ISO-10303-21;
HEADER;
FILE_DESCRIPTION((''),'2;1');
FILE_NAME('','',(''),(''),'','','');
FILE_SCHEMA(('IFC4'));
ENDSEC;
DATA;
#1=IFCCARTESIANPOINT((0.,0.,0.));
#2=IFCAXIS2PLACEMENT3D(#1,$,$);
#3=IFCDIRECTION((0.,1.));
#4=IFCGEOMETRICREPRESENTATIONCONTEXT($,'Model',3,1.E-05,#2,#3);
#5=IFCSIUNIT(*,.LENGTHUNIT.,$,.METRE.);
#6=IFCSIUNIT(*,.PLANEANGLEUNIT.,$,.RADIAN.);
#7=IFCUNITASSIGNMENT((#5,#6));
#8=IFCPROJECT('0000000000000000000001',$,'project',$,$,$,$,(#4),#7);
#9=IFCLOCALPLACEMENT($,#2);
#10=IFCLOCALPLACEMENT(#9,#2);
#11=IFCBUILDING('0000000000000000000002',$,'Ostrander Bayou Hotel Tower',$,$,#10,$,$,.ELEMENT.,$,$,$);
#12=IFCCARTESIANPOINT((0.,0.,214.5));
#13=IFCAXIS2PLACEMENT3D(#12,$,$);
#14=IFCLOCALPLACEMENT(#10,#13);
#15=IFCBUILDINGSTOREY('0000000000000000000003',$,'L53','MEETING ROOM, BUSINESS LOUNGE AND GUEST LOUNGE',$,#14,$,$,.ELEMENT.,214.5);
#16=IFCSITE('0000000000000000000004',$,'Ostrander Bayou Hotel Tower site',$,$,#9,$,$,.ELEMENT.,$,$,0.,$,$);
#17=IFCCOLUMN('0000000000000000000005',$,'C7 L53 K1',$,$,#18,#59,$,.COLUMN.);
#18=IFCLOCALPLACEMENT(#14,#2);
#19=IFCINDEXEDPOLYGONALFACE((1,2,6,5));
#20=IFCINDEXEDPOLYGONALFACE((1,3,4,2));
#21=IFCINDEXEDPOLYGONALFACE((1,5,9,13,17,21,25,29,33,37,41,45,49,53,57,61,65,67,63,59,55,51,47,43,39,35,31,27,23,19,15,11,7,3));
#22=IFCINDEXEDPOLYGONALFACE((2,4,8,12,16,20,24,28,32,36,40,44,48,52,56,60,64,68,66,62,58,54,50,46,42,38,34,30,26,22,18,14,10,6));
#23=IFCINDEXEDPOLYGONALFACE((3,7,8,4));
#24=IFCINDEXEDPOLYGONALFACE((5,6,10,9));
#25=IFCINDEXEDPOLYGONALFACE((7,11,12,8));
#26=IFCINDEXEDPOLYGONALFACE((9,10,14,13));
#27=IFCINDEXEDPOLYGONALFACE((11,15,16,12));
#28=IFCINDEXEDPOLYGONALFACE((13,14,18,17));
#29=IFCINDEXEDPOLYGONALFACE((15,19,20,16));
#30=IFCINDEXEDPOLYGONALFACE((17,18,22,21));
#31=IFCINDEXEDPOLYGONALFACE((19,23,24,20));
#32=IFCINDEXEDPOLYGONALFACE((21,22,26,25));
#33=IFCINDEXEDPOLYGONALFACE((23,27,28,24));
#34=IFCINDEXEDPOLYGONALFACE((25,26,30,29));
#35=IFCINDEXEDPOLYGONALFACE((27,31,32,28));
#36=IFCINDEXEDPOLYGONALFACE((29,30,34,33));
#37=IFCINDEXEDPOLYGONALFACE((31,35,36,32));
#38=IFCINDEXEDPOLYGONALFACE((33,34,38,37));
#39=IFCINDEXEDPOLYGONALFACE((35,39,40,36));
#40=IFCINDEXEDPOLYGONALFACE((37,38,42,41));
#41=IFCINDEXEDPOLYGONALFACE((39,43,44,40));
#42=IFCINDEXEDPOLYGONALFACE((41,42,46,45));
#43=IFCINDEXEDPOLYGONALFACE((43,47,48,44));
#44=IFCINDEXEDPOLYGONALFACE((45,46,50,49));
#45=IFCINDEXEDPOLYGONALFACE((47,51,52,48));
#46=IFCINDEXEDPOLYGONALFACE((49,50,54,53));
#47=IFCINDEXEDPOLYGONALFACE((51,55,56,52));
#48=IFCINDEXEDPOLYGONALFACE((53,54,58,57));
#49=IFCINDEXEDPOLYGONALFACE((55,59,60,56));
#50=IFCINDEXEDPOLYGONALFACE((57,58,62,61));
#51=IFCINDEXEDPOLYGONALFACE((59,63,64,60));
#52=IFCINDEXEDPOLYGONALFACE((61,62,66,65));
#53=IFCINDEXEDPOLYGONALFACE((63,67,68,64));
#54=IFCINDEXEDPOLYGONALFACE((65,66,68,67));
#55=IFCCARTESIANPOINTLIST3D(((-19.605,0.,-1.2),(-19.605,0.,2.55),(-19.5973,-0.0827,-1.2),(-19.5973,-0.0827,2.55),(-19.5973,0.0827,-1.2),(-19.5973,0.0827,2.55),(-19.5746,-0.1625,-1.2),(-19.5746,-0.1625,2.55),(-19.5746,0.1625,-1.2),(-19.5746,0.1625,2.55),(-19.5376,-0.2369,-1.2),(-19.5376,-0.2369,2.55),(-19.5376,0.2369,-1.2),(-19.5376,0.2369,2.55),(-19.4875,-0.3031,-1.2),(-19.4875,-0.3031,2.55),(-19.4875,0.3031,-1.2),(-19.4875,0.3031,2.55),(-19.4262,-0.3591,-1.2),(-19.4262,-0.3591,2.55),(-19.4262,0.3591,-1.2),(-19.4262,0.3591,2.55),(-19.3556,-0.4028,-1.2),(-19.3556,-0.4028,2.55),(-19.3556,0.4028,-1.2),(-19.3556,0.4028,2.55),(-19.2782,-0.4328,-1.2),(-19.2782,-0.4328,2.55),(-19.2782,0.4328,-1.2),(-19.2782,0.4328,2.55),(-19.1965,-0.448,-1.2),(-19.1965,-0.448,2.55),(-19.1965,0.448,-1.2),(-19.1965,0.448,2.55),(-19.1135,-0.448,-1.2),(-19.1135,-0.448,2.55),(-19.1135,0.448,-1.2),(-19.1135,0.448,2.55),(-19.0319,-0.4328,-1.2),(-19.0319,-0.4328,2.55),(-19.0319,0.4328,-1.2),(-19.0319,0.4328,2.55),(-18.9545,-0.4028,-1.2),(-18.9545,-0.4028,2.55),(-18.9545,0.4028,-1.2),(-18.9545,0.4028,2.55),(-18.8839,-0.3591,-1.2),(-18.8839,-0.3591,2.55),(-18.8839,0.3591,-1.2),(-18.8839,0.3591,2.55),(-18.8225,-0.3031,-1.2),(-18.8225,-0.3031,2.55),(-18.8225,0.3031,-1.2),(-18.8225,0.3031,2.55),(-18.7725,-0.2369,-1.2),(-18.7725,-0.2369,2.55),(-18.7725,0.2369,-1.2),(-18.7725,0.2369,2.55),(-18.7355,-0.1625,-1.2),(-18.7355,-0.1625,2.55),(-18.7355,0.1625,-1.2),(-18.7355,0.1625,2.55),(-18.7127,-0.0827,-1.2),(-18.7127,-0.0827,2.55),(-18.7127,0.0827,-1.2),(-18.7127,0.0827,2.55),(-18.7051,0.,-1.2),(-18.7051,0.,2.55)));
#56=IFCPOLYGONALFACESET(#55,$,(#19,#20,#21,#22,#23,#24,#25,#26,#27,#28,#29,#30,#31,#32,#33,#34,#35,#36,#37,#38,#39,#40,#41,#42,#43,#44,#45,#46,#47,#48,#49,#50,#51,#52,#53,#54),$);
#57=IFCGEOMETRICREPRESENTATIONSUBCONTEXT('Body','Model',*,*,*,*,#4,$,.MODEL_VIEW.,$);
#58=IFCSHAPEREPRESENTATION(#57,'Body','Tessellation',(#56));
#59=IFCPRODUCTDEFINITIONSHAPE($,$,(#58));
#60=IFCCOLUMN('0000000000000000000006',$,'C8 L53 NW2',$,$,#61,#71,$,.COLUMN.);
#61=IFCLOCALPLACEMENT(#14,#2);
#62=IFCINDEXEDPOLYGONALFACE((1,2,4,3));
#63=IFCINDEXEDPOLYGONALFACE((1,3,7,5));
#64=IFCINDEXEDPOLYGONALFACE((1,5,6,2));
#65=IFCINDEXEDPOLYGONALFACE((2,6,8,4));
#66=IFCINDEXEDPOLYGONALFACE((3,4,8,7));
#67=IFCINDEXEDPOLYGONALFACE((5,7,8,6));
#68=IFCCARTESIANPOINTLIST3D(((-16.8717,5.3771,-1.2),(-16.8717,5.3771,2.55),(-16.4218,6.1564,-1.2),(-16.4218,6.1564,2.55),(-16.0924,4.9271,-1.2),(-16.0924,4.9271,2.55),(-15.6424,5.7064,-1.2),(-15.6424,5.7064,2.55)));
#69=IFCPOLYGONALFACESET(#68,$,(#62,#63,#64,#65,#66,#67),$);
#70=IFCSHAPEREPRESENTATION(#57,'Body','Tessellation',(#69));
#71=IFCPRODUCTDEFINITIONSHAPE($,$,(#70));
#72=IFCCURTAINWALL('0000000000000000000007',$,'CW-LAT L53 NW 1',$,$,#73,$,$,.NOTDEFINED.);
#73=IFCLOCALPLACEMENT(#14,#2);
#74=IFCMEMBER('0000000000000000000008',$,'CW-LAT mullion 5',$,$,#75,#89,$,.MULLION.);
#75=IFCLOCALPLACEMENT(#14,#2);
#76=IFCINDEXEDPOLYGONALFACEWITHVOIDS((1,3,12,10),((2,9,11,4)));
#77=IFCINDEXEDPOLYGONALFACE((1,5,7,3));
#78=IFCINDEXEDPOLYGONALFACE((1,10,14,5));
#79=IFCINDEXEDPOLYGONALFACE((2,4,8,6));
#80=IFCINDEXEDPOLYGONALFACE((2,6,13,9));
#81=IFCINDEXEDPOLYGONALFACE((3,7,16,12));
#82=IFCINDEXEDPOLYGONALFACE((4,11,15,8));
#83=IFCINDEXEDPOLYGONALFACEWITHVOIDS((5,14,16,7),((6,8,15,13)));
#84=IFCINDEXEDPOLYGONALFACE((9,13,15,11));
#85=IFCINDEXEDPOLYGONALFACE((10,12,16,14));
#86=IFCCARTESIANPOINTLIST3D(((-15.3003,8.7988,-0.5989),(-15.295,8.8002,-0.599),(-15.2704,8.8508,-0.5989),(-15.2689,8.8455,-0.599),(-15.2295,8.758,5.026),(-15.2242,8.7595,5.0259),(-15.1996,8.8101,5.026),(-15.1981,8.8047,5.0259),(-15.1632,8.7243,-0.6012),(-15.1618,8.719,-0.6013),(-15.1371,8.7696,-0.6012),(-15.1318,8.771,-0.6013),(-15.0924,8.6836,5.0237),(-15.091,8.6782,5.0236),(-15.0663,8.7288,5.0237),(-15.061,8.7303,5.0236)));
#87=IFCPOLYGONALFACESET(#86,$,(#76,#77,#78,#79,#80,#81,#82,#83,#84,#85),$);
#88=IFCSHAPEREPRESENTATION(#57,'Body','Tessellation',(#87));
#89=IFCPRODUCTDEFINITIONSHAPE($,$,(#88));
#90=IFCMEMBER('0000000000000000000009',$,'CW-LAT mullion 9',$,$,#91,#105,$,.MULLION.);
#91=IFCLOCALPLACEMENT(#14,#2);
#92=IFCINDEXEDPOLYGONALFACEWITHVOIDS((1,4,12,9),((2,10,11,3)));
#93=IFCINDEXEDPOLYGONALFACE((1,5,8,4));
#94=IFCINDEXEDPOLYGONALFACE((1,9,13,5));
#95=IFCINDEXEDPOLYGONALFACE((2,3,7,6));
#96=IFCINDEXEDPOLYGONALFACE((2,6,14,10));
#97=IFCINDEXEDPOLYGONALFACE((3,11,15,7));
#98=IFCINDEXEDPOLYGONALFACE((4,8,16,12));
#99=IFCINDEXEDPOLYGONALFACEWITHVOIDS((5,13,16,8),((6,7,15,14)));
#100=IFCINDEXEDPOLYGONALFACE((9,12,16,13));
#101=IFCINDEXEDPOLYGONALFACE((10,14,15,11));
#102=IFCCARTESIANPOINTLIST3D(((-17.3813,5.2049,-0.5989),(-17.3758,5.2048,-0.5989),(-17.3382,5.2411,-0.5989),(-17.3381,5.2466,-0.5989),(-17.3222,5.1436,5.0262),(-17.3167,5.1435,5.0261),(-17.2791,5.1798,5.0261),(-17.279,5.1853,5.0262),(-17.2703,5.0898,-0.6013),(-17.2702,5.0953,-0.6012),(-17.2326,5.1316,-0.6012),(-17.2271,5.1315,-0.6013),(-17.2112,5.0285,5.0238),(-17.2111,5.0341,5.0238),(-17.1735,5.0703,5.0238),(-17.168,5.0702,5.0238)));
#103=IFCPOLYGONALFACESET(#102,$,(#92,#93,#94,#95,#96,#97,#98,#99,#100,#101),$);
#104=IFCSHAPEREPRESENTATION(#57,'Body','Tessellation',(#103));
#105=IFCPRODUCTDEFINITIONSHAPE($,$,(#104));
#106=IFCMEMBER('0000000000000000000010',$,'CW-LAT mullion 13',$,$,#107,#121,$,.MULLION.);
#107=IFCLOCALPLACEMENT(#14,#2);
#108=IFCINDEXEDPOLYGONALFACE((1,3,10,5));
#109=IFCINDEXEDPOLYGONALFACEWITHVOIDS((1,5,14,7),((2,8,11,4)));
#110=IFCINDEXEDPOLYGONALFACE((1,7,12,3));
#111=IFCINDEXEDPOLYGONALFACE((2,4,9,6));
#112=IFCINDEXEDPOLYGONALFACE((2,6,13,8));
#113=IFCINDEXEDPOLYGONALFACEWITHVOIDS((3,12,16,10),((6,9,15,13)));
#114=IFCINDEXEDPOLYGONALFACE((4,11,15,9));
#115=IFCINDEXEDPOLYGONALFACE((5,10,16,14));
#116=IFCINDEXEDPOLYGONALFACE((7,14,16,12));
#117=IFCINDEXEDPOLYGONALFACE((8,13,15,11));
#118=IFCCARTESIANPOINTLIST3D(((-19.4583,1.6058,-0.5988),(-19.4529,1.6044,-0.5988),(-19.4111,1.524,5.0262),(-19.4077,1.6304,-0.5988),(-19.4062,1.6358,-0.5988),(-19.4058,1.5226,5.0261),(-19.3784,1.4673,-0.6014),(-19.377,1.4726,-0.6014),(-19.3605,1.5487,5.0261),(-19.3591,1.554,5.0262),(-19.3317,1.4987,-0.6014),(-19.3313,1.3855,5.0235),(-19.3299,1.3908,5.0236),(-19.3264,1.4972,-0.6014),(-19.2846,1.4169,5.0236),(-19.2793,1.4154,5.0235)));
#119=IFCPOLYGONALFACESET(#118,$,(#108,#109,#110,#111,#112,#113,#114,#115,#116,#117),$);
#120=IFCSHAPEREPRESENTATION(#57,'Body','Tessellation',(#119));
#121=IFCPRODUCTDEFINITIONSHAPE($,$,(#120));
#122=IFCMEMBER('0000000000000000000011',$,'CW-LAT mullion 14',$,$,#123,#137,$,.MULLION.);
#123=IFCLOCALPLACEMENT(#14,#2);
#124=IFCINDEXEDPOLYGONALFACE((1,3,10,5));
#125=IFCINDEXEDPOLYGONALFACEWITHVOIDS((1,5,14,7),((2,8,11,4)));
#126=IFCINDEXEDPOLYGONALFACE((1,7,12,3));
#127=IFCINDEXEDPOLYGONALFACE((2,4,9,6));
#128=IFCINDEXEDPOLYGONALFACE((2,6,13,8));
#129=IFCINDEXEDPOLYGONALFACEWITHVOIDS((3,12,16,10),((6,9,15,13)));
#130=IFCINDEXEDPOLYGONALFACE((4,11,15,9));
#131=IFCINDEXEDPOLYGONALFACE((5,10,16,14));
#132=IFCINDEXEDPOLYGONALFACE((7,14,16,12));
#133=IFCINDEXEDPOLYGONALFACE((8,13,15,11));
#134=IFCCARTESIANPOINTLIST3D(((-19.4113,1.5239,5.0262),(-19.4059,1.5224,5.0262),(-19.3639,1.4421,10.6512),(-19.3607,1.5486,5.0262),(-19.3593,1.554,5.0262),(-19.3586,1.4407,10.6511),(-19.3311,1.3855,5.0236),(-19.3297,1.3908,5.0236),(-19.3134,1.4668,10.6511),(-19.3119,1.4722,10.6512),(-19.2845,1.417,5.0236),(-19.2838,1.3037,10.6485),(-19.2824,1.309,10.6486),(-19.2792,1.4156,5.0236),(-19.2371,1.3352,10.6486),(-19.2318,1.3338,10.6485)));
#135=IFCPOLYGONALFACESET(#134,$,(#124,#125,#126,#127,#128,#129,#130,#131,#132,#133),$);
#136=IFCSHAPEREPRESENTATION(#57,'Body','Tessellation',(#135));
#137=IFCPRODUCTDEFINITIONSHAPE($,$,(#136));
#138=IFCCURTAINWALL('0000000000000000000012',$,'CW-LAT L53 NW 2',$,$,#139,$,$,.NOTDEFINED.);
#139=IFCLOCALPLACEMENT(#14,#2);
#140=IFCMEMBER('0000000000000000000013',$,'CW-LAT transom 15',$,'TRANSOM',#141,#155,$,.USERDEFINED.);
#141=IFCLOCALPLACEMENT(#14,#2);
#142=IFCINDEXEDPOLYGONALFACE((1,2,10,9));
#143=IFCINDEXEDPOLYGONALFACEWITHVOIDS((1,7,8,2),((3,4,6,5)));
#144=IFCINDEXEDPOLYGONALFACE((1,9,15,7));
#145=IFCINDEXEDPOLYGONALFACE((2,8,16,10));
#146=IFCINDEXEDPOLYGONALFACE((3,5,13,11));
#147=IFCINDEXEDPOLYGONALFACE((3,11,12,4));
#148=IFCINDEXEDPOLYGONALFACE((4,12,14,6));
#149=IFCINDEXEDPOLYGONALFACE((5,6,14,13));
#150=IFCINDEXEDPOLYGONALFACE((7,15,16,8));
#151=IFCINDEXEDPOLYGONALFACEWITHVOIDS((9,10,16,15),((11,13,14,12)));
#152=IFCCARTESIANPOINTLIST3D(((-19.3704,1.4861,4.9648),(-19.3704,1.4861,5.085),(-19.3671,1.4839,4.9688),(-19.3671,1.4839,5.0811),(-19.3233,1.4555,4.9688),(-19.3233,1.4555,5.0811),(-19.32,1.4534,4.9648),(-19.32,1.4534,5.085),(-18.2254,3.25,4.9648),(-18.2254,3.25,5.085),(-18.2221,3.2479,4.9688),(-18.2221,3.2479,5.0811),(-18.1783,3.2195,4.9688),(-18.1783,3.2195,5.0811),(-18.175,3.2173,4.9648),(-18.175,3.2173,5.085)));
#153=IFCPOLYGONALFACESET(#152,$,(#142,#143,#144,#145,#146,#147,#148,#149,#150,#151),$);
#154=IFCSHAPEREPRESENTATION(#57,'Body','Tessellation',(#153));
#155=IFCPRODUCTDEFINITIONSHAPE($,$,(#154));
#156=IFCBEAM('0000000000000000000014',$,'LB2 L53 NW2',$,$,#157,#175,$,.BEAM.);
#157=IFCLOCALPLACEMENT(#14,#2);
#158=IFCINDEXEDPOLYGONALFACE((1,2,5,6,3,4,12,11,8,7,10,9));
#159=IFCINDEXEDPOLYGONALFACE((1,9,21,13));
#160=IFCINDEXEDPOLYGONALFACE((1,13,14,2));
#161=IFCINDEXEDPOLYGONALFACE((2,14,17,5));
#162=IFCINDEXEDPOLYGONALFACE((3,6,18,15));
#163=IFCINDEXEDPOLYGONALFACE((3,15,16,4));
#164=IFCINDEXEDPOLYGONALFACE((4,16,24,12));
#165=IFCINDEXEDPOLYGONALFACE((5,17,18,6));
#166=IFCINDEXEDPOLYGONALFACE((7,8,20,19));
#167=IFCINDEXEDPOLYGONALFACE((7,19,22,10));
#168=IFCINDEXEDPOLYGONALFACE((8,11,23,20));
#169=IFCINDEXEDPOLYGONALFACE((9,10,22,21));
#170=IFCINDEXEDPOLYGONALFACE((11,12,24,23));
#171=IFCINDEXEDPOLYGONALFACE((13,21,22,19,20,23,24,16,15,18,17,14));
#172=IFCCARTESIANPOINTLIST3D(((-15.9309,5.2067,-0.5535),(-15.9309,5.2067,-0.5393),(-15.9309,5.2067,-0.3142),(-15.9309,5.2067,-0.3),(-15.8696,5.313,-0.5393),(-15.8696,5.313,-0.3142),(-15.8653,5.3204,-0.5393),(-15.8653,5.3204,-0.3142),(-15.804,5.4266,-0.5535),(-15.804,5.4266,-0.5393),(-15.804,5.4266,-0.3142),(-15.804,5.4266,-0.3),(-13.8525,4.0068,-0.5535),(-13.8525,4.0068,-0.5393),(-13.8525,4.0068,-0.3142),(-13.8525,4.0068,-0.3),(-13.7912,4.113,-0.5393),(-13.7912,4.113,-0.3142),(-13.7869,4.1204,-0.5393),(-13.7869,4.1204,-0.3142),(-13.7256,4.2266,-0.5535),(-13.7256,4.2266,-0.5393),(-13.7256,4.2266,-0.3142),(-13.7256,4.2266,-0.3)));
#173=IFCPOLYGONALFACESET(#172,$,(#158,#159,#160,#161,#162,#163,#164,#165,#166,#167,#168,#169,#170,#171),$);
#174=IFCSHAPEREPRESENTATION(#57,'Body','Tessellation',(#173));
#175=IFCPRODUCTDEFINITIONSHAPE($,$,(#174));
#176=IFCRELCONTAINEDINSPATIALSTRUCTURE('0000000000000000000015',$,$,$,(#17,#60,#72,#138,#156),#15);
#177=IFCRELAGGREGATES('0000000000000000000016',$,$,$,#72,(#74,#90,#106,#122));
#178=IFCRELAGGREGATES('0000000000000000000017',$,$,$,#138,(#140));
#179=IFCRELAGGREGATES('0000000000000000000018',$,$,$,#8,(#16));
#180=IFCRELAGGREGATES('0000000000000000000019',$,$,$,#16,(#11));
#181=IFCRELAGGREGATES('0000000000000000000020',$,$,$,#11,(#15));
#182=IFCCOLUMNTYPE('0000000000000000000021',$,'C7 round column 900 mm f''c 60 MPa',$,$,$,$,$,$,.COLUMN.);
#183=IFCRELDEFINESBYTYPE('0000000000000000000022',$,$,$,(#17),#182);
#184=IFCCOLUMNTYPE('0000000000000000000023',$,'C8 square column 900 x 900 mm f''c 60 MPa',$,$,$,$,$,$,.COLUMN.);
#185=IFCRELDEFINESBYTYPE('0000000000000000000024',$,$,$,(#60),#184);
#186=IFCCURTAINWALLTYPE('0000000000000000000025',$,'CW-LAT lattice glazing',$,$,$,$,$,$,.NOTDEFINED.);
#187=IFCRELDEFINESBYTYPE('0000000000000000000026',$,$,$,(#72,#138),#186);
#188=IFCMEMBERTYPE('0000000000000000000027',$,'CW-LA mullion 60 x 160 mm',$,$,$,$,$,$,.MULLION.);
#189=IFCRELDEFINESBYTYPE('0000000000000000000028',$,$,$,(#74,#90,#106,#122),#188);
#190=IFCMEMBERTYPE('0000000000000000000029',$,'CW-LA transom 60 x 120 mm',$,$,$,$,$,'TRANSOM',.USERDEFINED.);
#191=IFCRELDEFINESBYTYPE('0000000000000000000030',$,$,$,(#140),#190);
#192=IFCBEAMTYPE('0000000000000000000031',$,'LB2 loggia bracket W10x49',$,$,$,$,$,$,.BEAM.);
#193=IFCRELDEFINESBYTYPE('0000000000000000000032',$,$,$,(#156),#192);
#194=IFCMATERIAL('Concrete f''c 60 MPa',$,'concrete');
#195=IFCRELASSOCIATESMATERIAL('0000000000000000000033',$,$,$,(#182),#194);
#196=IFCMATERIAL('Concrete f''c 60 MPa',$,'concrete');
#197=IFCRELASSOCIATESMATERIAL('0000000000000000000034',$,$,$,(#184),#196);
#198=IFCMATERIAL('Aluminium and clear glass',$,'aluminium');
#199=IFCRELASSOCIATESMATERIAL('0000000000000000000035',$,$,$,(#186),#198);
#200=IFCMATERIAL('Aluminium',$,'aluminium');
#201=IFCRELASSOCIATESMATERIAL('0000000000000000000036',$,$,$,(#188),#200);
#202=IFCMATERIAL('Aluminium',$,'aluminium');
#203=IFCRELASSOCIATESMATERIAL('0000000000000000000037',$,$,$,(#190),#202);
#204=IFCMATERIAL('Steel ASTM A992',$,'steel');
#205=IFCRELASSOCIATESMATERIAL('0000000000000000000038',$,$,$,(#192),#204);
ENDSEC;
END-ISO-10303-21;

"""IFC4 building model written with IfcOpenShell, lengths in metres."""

from ifc_helpers import new_model, si_unit, direction, frame, origin, origin_2d, place, context, subcontext, project, spatial, rectangle, hollow_rectangle, circle, i_section, extrude, material, material_profile, profile_set, type_object, element, aggregate, save


model = new_model("IFC4")

# Units and contexts
model_context = context("Model", 3, precision=1e-05, world=origin(), true_north=direction((0.0, 1.0)))
body_context = subcontext(model_context, "Body", "Model", "MODEL_VIEW")
ifc_project = project(units=[si_unit("LENGTHUNIT", "METRE"), si_unit("PLANEANGLEUNIT", "RADIAN")], contexts=[model_context])

# Site, building, storey
site_placement = place(None, origin())
site = spatial("IfcSite", under=ifc_project, at=site_placement, Name="Ostrander Bayou Hotel Tower site", CompositionType="ELEMENT", RefElevation=0.0)
building_placement = place(site_placement, origin())
building = spatial("IfcBuilding", under=site, at=building_placement, Name="Ostrander Bayou Hotel Tower", CompositionType="ELEMENT")
storey_placement = place(building_placement, frame((0.0, 0.0, 214.5)))
storey = spatial("IfcBuildingStorey", under=building, at=storey_placement, Name="L53", Description="MEETING ROOM, BUSINESS LOUNGE AND GUEST LOUNGE", CompositionType="ELEMENT", Elevation=214.5)

# Columns
ifc_material_1 = material(Name="Concrete f'c 60 MPa", Category="concrete")
ifc_material_profile_1 = material_profile(ifc_material_1, circle(Radius=0.45, at=origin_2d()))
ifc_profile_set_1 = profile_set([ifc_material_profile_1], Name="Concrete f'c 60 MPa")
column_type_1 = type_object("IfcColumnType", Name="C7 round column 900 mm f'c 60 MPa", PredefinedType="COLUMN", material=ifc_profile_set_1)
column_1_placement = place(storey_placement, frame((-19.155, 0.0, -1.2), z_axis=(0.0, 0.0, 1.0), x_axis=(1.0, 0.0, 0.0)))
element("IfcColumn", 1, at=column_1_placement, inside=storey, type_object=column_type_1, Name="C7 L53 K1", PredefinedType="COLUMN", context=body_context, shape_type="SweptSolid", body=[
    extrude(circle(Radius=0.45, at=origin_2d()), origin(), (0.0, 0.0, 1.0), 3.75),
])
ifc_material_2 = material(Name="Concrete f'c 60 MPa", Category="concrete")
ifc_material_profile_2 = material_profile(ifc_material_2, rectangle(XDim=0.8999, YDim=0.8999, at=origin_2d()))
ifc_profile_set_2 = profile_set([ifc_material_profile_2], Name="Concrete f'c 60 MPa")
column_type_2 = type_object("IfcColumnType", Name="C8 square column 900 x 900 mm f'c 60 MPa", PredefinedType="COLUMN", material=ifc_profile_set_2)
column_2_placement = place(storey_placement, frame((-16.2571, 5.5417, -1.2), z_axis=(0.0, 0.0, 1.0), x_axis=(0.5, 0.866025, 0.0)))
element("IfcColumn", 2, at=column_2_placement, inside=storey, type_object=column_type_2, Name="C8 L53 NW2", PredefinedType="COLUMN", context=body_context, shape_type="SweptSolid", body=[
    extrude(rectangle(XDim=0.8999, YDim=0.8999, at=origin_2d()), origin(), (0.0, 0.0, 1.0), 3.75),
])

# Curtain wall, members
ifc_material_3 = material(Name="Aluminium and clear glass", Category="aluminium")
curtain_wall_type = type_object("IfcCurtainWallType", Name="CW-LAT lattice glazing", PredefinedType="NOTDEFINED", material=ifc_material_3)
curtain_wall_1_placement = place(storey_placement, origin())
curtain_wall_1 = element("IfcCurtainWall", 3, at=curtain_wall_1_placement, inside=storey, type_object=curtain_wall_type, Name="CW-LAT L53 NW 1", PredefinedType="NOTDEFINED")
ifc_material_4 = material(Name="Aluminium", Category="aluminium")
ifc_material_profile_3 = material_profile(ifc_material_4, hollow_rectangle(XDim=0.0601, YDim=0.1599, WallThickness=0.0039, at=origin_2d()))
ifc_profile_set_3 = profile_set([ifc_material_profile_3], Name="Aluminium")
member_type_1 = type_object("IfcMemberType", Name="CW-LA mullion 60 x 160 mm", PredefinedType="MULLION", material=ifc_profile_set_3)
member_1_placement = place(storey_placement, frame((-15.2161, 8.7849, -0.6001), z_axis=(0.012585, -0.007247, 0.999895), x_axis=(0.499032, 0.866583, 0.0)))
member_1 = element("IfcMember", 4, at=member_1_placement, type_object=member_type_1, Name="CW-LAT mullion 5", PredefinedType="MULLION", context=body_context, shape_type="SweptSolid", body=[
    extrude(hollow_rectangle(XDim=0.0601, YDim=0.1599, WallThickness=0.0039, at=origin_2d()), origin(), (0.0, 0.0, 1.0), 5.6255),
])
member_2_placement = place(storey_placement, frame((-17.3042, 5.1682, -0.6001), z_axis=(0.010502, -0.010893, 0.999886), x_axis=(0.719895, 0.694082, 0.0)))
member_2 = element("IfcMember", 5, at=member_2_placement, type_object=member_type_1, Name="CW-LAT mullion 9", PredefinedType="MULLION", context=body_context, shape_type="SweptSolid", body=[
    extrude(hollow_rectangle(XDim=0.0601, YDim=0.1599, WallThickness=0.0039, at=origin_2d()), origin(), (0.0, 0.0, 1.0), 5.6257),
])
member_3_placement = place(storey_placement, frame((-19.3923, 1.5515, -0.6001), z_axis=(0.008376, -0.014538, 0.999859), x_axis=(0.866487, 0.4992, 0.0)))
member_3 = element("IfcMember", 6, at=member_3_placement, type_object=member_type_1, Name="CW-LAT mullion 13", PredefinedType="MULLION", context=body_context, shape_type="SweptSolid", body=[
    extrude(hollow_rectangle(XDim=0.0601, YDim=0.1599, WallThickness=0.0039, at=origin_2d()), origin(), (0.0, 0.0, 1.0), 5.6257),
])
member_4_placement = place(storey_placement, frame((-19.3452, 1.4697, 5.0249), z_axis=(0.008419, -0.014538, 0.999859), x_axis=(0.865367, 0.501138, 0.0)))
member_4 = element("IfcMember", 7, at=member_4_placement, type_object=member_type_1, Name="CW-LAT mullion 14", PredefinedType="MULLION", context=body_context, shape_type="SweptSolid", body=[
    extrude(hollow_rectangle(XDim=0.0601, YDim=0.1599, WallThickness=0.0039, at=origin_2d()), origin(), (0.0, 0.0, 1.0), 5.6257),
])
aggregate(curtain_wall_1, [member_1, member_2, member_3, member_4])

# Curtain wall, member
curtain_wall_2_placement = place(storey_placement, origin())
curtain_wall_2 = element("IfcCurtainWall", 8, at=curtain_wall_2_placement, inside=storey, type_object=curtain_wall_type, Name="CW-LAT L53 NW 2", PredefinedType="NOTDEFINED")
ifc_material_5 = material(Name="Aluminium", Category="aluminium")
ifc_material_profile_4 = material_profile(ifc_material_5, hollow_rectangle(XDim=0.0601, YDim=0.1201, WallThickness=0.0039, at=origin_2d()))
ifc_profile_set_4 = profile_set([ifc_material_profile_4], Name="Aluminium")
member_type_2 = type_object("IfcMemberType", Name="CW-LA transom 60 x 120 mm", ElementType="TRANSOM", PredefinedType="USERDEFINED", material=ifc_profile_set_4)
member_5_placement = place(storey_placement, frame((-19.3452, 1.4697, 5.0249), z_axis=(0.544478, 0.838775, 0.0), x_axis=(-0.838775, 0.544478, 0.0)))
member_5 = element("IfcMember", 9, at=member_5_placement, type_object=member_type_2, Name="CW-LAT transom 15", ObjectType="TRANSOM", PredefinedType="USERDEFINED", context=body_context, shape_type="SweptSolid", body=[
    extrude(hollow_rectangle(XDim=0.0601, YDim=0.1201, WallThickness=0.0039, at=origin_2d()), origin(), (0.0, 0.0, 1.0), 2.103),
])
aggregate(curtain_wall_2, [member_5])

# Beam
ifc_material_6 = material(Name="Steel ASTM A992", Category="steel")
ifc_material_profile_5 = material_profile(ifc_material_6, i_section(OverallWidth=0.2539, OverallDepth=0.2534, WebThickness=0.0085, FlangeThickness=0.0142, at=origin_2d()))
ifc_profile_set_5 = profile_set([ifc_material_profile_5], Name="Steel ASTM A992")
beam_type_1 = type_object("IfcBeamType", Name="LB2 loggia bracket W10x49", PredefinedType="BEAM", material=ifc_profile_set_5)
beam_1_placement = place(storey_placement, frame((-15.8674, 5.3167, -0.4268), z_axis=(0.866025, -0.500001, 0.0), x_axis=(0.500001, 0.866025, 0.0)))
element("IfcBeam", 10, at=beam_1_placement, inside=storey, type_object=beam_type_1, Name="LB2 L53 NW2", PredefinedType="BEAM", context=body_context, shape_type="SweptSolid", body=[
    extrude(i_section(OverallWidth=0.2539, OverallDepth=0.2534, WebThickness=0.0085, FlangeThickness=0.0142, at=origin_2d()), origin(), (0.0, 0.0, 1.0), 2.3999),
])

save(model, "model.ifc")
